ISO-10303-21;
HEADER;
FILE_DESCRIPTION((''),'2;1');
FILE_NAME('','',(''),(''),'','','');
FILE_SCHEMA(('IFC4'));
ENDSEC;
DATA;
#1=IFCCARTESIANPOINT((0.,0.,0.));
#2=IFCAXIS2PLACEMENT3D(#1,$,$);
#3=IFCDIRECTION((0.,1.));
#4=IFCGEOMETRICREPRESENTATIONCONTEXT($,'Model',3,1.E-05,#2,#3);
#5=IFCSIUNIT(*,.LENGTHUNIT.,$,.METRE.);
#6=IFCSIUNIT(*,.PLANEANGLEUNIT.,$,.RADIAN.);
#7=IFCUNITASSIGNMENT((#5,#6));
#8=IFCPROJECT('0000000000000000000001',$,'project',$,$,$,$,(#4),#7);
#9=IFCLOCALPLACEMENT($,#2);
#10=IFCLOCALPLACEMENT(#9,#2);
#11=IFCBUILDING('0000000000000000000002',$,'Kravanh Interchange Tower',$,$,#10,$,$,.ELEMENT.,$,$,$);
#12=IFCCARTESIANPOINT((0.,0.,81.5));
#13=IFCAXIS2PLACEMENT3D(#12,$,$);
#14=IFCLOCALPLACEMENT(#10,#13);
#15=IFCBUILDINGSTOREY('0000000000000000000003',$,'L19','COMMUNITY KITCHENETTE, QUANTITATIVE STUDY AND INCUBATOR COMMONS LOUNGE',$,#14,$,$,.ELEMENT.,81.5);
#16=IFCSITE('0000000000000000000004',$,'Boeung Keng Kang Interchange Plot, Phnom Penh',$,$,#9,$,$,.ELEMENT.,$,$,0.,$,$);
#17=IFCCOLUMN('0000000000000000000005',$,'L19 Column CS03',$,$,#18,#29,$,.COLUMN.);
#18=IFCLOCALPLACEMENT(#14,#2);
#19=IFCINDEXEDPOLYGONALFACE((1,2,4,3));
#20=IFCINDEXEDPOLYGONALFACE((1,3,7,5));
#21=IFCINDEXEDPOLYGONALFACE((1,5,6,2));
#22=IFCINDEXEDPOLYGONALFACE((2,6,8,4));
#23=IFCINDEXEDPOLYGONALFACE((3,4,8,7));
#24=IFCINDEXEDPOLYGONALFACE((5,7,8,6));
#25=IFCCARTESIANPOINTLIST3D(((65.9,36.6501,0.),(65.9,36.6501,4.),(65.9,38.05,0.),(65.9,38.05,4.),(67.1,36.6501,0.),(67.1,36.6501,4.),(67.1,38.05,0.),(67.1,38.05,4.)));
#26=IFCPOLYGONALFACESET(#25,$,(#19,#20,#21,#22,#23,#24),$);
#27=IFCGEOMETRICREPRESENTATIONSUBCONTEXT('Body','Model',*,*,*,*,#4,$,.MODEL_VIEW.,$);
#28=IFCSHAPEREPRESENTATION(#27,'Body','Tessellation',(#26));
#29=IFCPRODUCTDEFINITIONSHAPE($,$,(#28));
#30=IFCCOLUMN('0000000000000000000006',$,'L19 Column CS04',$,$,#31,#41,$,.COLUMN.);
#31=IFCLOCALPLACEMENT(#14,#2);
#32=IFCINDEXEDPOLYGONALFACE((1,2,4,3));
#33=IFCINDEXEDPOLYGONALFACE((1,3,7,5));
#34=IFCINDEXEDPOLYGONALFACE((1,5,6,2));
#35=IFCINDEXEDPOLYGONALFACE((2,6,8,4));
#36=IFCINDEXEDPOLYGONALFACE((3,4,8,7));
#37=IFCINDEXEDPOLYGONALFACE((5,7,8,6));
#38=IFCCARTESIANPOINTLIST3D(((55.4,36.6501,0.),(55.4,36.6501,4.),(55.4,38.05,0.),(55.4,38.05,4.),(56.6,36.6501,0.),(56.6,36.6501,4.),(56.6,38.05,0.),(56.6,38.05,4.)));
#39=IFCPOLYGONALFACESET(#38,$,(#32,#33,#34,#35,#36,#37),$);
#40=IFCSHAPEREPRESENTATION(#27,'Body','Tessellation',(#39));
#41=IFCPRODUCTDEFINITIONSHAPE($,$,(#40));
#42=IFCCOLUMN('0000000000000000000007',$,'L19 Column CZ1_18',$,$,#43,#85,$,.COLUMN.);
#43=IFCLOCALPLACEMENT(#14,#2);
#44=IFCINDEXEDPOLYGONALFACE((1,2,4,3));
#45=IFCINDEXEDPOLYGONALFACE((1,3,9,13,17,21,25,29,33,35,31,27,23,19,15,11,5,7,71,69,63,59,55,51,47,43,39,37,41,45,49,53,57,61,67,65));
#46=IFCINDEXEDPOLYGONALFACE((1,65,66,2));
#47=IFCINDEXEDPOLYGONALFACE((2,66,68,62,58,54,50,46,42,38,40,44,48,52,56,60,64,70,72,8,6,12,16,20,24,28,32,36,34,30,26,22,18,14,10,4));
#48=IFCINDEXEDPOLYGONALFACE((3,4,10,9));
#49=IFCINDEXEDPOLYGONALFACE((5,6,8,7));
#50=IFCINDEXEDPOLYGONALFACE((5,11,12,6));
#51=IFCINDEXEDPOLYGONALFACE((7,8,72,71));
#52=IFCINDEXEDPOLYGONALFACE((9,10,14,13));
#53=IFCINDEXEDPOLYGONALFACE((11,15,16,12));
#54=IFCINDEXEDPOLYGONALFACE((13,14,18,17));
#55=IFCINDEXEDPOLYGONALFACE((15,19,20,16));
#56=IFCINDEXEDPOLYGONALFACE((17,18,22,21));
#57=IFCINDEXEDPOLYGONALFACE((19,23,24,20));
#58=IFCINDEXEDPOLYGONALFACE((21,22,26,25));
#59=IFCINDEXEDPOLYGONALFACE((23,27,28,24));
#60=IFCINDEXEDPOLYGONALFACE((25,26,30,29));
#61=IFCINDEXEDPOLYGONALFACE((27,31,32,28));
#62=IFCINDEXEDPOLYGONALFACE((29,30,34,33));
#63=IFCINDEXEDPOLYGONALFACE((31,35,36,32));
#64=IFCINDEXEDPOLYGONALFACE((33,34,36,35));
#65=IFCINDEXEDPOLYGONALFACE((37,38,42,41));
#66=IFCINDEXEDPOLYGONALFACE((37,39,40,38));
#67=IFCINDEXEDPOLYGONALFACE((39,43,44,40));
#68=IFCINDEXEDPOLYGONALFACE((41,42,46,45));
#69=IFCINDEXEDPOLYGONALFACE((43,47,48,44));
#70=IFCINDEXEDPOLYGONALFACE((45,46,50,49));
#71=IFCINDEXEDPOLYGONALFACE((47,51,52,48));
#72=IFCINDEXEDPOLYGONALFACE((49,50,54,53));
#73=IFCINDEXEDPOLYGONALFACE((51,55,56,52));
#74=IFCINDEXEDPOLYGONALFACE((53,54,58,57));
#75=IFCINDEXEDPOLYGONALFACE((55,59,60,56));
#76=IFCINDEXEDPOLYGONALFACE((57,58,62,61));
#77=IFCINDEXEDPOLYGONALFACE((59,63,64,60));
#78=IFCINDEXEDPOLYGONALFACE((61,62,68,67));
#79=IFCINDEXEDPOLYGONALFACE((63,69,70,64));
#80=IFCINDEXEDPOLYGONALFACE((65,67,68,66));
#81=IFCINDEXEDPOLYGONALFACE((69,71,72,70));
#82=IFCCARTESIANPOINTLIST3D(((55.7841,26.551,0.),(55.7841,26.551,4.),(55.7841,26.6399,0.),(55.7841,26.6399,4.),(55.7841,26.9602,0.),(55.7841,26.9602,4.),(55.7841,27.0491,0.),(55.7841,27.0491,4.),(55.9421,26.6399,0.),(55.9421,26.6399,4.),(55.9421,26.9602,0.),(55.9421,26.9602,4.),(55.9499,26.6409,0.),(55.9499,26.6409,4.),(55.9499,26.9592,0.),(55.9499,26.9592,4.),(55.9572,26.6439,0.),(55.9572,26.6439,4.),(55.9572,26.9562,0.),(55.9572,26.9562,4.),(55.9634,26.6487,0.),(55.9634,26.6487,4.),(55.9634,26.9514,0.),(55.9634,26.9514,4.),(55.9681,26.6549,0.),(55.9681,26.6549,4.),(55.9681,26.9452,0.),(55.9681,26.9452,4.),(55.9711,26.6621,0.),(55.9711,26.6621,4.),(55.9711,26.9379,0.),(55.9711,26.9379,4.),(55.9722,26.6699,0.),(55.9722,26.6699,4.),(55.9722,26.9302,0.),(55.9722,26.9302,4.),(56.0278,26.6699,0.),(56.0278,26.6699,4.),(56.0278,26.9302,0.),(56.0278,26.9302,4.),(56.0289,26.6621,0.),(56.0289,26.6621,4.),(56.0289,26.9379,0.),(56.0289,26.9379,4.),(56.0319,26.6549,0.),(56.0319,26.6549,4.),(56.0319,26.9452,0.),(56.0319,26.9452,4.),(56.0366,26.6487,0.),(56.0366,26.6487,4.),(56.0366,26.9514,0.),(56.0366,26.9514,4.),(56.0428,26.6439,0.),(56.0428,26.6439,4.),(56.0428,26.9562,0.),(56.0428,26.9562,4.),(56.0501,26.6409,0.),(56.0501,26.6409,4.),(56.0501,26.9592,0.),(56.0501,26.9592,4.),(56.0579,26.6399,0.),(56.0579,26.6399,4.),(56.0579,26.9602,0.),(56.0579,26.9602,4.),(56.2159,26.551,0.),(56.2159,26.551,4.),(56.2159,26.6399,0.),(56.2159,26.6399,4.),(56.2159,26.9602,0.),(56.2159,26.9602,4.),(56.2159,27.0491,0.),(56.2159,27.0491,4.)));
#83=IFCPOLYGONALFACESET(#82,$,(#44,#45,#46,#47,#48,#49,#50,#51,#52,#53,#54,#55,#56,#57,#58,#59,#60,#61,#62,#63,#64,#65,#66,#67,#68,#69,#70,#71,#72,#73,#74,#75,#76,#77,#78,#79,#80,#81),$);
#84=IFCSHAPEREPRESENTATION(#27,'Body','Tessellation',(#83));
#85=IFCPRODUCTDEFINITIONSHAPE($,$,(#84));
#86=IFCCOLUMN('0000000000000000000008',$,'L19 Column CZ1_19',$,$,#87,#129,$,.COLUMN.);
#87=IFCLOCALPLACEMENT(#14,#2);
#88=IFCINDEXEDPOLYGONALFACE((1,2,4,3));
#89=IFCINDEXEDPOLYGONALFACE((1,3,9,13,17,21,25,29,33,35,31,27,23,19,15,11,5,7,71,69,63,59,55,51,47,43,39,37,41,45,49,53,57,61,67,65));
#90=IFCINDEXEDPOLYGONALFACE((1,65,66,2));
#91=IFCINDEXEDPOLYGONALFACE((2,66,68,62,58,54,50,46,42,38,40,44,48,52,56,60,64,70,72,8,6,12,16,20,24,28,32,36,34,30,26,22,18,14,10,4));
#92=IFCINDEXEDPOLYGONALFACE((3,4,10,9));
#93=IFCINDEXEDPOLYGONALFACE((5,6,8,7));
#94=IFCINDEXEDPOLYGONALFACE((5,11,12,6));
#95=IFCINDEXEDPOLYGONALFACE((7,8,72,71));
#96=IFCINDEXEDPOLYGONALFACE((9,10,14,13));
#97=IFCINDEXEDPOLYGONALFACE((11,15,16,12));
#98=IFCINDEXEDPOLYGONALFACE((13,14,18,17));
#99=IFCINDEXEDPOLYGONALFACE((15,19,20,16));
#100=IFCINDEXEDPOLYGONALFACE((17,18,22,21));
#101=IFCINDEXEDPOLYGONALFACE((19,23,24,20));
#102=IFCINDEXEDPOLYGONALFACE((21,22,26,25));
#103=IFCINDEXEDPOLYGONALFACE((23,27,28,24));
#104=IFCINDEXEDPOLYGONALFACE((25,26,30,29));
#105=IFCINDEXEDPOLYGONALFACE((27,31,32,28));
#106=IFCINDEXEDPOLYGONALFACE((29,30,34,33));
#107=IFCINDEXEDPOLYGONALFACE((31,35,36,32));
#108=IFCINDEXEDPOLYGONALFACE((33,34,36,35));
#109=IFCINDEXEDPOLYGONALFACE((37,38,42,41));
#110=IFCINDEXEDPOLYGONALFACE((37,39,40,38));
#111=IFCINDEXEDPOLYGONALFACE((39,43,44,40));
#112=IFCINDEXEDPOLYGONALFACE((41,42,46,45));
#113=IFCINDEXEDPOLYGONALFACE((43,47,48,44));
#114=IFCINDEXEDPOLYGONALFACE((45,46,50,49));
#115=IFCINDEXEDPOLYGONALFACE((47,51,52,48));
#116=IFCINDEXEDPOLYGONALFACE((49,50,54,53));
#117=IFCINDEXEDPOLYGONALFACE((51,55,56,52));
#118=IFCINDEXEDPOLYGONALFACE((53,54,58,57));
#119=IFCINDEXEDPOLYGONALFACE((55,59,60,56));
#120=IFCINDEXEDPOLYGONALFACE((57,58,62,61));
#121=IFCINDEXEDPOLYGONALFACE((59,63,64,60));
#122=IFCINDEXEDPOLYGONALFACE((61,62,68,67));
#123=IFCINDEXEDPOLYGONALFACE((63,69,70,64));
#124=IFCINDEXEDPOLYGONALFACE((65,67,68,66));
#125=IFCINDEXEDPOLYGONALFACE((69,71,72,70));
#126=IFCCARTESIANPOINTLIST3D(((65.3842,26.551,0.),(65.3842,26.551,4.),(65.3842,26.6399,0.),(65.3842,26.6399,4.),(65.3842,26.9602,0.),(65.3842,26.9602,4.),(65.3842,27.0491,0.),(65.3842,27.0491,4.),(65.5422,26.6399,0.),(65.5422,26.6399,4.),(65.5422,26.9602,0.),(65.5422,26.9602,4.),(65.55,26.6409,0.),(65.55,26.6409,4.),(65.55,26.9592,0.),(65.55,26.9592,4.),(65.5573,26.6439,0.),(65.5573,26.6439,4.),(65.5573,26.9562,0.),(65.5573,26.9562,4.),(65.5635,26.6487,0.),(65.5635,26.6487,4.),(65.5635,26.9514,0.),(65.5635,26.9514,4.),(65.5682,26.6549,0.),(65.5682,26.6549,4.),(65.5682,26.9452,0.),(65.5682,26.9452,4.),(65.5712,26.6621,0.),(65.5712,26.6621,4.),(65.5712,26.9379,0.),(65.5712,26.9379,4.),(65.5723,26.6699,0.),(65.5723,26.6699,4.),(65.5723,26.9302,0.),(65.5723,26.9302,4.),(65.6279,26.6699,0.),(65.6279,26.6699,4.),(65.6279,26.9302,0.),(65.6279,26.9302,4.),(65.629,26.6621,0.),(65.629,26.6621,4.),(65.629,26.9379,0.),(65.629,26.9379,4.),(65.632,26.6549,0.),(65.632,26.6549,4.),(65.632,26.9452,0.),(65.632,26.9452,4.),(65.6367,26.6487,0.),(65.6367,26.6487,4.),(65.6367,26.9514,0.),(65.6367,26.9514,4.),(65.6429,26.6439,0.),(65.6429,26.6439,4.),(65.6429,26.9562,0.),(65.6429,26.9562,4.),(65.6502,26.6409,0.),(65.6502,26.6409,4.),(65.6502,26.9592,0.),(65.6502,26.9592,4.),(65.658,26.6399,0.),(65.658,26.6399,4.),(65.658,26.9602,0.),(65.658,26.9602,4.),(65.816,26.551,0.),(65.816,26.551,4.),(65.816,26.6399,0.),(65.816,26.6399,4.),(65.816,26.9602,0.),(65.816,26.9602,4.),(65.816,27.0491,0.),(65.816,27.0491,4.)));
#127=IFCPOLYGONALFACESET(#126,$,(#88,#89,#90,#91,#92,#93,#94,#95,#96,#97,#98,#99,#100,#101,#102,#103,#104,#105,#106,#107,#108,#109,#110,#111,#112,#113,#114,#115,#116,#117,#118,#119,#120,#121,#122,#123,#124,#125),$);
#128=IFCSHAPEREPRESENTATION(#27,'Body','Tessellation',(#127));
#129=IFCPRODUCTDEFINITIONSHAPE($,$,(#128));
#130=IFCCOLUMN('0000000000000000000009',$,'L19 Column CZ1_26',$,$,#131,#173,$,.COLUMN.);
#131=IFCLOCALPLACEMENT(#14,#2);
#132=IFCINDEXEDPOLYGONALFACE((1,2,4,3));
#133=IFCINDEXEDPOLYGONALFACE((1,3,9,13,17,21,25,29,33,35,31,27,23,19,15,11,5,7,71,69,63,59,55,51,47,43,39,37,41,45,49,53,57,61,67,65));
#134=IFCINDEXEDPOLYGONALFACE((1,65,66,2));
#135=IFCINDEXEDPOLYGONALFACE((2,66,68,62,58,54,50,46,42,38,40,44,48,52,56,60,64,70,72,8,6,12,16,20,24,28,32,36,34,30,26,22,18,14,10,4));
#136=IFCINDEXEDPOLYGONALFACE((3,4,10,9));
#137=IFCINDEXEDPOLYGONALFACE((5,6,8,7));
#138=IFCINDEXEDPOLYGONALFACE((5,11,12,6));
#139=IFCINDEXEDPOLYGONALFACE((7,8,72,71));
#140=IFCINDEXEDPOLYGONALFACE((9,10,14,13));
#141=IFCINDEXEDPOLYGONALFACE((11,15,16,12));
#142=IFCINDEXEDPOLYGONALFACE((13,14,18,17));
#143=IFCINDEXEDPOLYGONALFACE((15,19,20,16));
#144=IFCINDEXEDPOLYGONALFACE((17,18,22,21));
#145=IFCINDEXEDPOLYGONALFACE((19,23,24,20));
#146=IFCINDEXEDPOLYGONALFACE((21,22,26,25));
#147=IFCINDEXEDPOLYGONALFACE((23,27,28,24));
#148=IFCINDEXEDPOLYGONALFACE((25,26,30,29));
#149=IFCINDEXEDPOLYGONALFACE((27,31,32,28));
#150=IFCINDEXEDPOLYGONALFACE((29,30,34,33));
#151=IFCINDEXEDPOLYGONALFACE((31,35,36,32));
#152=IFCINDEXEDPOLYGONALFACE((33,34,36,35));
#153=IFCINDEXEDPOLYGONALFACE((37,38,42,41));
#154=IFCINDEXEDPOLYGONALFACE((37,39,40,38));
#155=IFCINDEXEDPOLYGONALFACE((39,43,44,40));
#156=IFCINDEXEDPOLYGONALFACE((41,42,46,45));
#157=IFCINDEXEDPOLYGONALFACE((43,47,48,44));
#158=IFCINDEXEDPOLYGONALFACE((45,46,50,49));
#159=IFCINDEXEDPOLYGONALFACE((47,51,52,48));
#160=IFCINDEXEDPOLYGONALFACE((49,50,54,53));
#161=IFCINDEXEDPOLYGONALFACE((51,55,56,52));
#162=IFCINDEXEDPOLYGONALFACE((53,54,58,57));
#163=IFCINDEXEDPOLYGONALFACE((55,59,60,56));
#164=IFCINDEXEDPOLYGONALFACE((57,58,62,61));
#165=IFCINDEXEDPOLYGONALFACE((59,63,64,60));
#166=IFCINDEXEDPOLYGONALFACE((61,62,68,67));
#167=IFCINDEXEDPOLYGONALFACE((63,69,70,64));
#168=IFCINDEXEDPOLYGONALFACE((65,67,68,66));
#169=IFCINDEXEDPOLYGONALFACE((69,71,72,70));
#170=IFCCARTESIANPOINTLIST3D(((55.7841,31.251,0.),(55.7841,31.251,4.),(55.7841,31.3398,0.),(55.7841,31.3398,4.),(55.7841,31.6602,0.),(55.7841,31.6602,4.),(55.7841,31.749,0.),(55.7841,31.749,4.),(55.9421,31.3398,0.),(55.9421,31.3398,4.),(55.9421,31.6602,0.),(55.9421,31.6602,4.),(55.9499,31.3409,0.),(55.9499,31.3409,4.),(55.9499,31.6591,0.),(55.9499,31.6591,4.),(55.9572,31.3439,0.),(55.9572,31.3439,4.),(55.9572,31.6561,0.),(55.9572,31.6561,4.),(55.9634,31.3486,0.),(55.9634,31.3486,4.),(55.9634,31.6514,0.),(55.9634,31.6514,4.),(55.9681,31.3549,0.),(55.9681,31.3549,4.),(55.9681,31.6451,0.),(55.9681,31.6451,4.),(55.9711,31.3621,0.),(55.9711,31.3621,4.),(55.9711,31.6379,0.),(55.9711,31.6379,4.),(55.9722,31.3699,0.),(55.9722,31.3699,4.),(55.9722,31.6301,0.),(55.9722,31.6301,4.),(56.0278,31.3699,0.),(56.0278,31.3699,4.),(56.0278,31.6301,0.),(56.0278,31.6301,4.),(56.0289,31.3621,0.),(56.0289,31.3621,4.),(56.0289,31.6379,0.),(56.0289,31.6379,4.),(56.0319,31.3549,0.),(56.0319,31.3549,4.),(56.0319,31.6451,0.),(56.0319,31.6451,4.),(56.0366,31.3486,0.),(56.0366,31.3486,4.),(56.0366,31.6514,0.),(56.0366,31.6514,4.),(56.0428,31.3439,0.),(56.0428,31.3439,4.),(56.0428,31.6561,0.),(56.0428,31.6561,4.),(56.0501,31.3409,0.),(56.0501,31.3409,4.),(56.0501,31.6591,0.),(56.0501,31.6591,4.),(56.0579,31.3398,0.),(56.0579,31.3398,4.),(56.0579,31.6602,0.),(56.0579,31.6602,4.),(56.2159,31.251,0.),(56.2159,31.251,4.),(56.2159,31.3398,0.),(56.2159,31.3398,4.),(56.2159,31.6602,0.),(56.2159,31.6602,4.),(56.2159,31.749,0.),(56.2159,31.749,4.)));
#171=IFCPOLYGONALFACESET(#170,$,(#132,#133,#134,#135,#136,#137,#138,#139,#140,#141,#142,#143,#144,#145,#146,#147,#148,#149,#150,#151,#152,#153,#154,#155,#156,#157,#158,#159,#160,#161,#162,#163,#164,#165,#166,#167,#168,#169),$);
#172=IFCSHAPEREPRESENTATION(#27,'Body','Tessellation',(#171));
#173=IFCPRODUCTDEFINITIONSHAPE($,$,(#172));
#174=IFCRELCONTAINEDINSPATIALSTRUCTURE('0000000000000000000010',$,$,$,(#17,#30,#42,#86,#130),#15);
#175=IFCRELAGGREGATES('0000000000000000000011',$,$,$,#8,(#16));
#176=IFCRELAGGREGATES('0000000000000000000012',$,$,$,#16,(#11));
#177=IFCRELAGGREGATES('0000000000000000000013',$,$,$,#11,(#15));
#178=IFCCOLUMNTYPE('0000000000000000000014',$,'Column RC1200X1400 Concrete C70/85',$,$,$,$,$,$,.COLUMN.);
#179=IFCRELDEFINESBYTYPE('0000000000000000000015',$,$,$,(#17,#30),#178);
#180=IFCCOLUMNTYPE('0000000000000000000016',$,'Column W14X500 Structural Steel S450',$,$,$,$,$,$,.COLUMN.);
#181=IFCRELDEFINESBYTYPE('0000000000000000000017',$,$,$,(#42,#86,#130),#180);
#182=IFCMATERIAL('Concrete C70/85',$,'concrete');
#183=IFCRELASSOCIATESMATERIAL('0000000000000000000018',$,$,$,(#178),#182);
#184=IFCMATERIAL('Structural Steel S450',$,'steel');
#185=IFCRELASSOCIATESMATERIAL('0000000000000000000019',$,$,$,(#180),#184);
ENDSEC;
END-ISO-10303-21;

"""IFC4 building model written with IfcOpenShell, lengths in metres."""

from ifc_helpers import new_model, si_unit, direction, frame, origin, origin_2d, place, context, subcontext, project, spatial, rectangle, i_section, extrude, material, material_profile, profile_set, type_object, element, save


model = new_model("IFC4")

# Units and contexts
model_context = context("Model", 3, precision=1e-05, world=origin(), true_north=direction((0.0, 1.0)))
body_context = subcontext(model_context, "Body", "Model", "MODEL_VIEW")
ifc_project = project(units=[si_unit("LENGTHUNIT", "METRE"), si_unit("PLANEANGLEUNIT", "RADIAN")], contexts=[model_context])

# Site, building, storey
site_placement = place(None, origin())
site = spatial("IfcSite", under=ifc_project, at=site_placement, Name="Boeung Keng Kang Interchange Plot, Phnom Penh", CompositionType="ELEMENT", RefElevation=0.0)
building_placement = place(site_placement, origin())
building = spatial("IfcBuilding", under=site, at=building_placement, Name="Kravanh Interchange Tower", CompositionType="ELEMENT")
storey_placement = place(building_placement, frame((0.0, 0.0, 81.5)))
storey = spatial("IfcBuildingStorey", under=building, at=storey_placement, Name="L19", Description="COMMUNITY KITCHENETTE, QUANTITATIVE STUDY AND INCUBATOR COMMONS LOUNGE", CompositionType="ELEMENT", Elevation=81.5)

# Columns
ifc_material_1 = material(Name="Concrete C70/85", Category="concrete")
ifc_material_profile_1 = material_profile(ifc_material_1, rectangle(XDim=1.2, YDim=1.3999, at=origin_2d()), Name="RC1200X1400")
ifc_profile_set_1 = profile_set([ifc_material_profile_1], Name="Concrete C70/85")
column_type_1 = type_object("IfcColumnType", Name="Column RC1200X1400 Concrete C70/85", PredefinedType="COLUMN", material=ifc_profile_set_1)
for number, where, z_axis, x_axis, name in (
    (1, (66.5, 37.3501, 0.0), (0.0, 0.0, 1.0), (1.0, 0.0, 0.0), "L19 Column CS03"),
    (2, (56.0, 37.3501, 0.0), (0.0, 0.0, 1.0), (1.0, 0.0, 0.0), "L19 Column CS04"),
):
    element("IfcColumn", number, at=place(storey_placement, frame(where, z_axis=z_axis, x_axis=x_axis)), inside=storey, type_object=column_type_1, Name=name, PredefinedType="COLUMN", context=body_context, shape_type="SweptSolid", body=[
        extrude(rectangle(XDim=1.2, YDim=1.3999, at=origin_2d()), origin(), (0.0, 0.0, 1.0), 4.0),
    ])
ifc_material_2 = material(Name="Structural Steel S450", Category="steel")
ifc_material_profile_2 = material_profile(ifc_material_2, i_section(OverallWidth=0.4319, OverallDepth=0.498, WebThickness=0.0557, FlangeThickness=0.0889, FilletRadius=0.03, at=origin_2d()), Name="W14X500")
ifc_profile_set_2 = profile_set([ifc_material_profile_2], Name="Structural Steel S450")
column_type_2 = type_object("IfcColumnType", Name="Column W14X500 Structural Steel S450", PredefinedType="COLUMN", material=ifc_profile_set_2)
for number, where, z_axis, x_axis, name in (
    (3, (56.0, 26.8, 0.0), (0.0, 0.0, 1.0), (1.0, 0.0, 0.0), "L19 Column CZ1_18"),
    (4, (65.6001, 26.8, 0.0), (0.0, 0.0, 1.0), (1.0, 0.0, 0.0), "L19 Column CZ1_19"),
    (5, (56.0, 31.5, 0.0), (0.0, 0.0, 1.0), (1.0, 0.0, 0.0), "L19 Column CZ1_26"),
):
    element("IfcColumn", number, at=place(storey_placement, frame(where, z_axis=z_axis, x_axis=x_axis)), inside=storey, type_object=column_type_2, Name=name, PredefinedType="COLUMN", context=body_context, shape_type="SweptSolid", body=[
        extrude(i_section(OverallWidth=0.4319, OverallDepth=0.498, WebThickness=0.0557, FlangeThickness=0.0889, FilletRadius=0.03, at=origin_2d()), origin(), (0.0, 0.0, 1.0), 4.0),
    ])

save(model, "model.ifc")
